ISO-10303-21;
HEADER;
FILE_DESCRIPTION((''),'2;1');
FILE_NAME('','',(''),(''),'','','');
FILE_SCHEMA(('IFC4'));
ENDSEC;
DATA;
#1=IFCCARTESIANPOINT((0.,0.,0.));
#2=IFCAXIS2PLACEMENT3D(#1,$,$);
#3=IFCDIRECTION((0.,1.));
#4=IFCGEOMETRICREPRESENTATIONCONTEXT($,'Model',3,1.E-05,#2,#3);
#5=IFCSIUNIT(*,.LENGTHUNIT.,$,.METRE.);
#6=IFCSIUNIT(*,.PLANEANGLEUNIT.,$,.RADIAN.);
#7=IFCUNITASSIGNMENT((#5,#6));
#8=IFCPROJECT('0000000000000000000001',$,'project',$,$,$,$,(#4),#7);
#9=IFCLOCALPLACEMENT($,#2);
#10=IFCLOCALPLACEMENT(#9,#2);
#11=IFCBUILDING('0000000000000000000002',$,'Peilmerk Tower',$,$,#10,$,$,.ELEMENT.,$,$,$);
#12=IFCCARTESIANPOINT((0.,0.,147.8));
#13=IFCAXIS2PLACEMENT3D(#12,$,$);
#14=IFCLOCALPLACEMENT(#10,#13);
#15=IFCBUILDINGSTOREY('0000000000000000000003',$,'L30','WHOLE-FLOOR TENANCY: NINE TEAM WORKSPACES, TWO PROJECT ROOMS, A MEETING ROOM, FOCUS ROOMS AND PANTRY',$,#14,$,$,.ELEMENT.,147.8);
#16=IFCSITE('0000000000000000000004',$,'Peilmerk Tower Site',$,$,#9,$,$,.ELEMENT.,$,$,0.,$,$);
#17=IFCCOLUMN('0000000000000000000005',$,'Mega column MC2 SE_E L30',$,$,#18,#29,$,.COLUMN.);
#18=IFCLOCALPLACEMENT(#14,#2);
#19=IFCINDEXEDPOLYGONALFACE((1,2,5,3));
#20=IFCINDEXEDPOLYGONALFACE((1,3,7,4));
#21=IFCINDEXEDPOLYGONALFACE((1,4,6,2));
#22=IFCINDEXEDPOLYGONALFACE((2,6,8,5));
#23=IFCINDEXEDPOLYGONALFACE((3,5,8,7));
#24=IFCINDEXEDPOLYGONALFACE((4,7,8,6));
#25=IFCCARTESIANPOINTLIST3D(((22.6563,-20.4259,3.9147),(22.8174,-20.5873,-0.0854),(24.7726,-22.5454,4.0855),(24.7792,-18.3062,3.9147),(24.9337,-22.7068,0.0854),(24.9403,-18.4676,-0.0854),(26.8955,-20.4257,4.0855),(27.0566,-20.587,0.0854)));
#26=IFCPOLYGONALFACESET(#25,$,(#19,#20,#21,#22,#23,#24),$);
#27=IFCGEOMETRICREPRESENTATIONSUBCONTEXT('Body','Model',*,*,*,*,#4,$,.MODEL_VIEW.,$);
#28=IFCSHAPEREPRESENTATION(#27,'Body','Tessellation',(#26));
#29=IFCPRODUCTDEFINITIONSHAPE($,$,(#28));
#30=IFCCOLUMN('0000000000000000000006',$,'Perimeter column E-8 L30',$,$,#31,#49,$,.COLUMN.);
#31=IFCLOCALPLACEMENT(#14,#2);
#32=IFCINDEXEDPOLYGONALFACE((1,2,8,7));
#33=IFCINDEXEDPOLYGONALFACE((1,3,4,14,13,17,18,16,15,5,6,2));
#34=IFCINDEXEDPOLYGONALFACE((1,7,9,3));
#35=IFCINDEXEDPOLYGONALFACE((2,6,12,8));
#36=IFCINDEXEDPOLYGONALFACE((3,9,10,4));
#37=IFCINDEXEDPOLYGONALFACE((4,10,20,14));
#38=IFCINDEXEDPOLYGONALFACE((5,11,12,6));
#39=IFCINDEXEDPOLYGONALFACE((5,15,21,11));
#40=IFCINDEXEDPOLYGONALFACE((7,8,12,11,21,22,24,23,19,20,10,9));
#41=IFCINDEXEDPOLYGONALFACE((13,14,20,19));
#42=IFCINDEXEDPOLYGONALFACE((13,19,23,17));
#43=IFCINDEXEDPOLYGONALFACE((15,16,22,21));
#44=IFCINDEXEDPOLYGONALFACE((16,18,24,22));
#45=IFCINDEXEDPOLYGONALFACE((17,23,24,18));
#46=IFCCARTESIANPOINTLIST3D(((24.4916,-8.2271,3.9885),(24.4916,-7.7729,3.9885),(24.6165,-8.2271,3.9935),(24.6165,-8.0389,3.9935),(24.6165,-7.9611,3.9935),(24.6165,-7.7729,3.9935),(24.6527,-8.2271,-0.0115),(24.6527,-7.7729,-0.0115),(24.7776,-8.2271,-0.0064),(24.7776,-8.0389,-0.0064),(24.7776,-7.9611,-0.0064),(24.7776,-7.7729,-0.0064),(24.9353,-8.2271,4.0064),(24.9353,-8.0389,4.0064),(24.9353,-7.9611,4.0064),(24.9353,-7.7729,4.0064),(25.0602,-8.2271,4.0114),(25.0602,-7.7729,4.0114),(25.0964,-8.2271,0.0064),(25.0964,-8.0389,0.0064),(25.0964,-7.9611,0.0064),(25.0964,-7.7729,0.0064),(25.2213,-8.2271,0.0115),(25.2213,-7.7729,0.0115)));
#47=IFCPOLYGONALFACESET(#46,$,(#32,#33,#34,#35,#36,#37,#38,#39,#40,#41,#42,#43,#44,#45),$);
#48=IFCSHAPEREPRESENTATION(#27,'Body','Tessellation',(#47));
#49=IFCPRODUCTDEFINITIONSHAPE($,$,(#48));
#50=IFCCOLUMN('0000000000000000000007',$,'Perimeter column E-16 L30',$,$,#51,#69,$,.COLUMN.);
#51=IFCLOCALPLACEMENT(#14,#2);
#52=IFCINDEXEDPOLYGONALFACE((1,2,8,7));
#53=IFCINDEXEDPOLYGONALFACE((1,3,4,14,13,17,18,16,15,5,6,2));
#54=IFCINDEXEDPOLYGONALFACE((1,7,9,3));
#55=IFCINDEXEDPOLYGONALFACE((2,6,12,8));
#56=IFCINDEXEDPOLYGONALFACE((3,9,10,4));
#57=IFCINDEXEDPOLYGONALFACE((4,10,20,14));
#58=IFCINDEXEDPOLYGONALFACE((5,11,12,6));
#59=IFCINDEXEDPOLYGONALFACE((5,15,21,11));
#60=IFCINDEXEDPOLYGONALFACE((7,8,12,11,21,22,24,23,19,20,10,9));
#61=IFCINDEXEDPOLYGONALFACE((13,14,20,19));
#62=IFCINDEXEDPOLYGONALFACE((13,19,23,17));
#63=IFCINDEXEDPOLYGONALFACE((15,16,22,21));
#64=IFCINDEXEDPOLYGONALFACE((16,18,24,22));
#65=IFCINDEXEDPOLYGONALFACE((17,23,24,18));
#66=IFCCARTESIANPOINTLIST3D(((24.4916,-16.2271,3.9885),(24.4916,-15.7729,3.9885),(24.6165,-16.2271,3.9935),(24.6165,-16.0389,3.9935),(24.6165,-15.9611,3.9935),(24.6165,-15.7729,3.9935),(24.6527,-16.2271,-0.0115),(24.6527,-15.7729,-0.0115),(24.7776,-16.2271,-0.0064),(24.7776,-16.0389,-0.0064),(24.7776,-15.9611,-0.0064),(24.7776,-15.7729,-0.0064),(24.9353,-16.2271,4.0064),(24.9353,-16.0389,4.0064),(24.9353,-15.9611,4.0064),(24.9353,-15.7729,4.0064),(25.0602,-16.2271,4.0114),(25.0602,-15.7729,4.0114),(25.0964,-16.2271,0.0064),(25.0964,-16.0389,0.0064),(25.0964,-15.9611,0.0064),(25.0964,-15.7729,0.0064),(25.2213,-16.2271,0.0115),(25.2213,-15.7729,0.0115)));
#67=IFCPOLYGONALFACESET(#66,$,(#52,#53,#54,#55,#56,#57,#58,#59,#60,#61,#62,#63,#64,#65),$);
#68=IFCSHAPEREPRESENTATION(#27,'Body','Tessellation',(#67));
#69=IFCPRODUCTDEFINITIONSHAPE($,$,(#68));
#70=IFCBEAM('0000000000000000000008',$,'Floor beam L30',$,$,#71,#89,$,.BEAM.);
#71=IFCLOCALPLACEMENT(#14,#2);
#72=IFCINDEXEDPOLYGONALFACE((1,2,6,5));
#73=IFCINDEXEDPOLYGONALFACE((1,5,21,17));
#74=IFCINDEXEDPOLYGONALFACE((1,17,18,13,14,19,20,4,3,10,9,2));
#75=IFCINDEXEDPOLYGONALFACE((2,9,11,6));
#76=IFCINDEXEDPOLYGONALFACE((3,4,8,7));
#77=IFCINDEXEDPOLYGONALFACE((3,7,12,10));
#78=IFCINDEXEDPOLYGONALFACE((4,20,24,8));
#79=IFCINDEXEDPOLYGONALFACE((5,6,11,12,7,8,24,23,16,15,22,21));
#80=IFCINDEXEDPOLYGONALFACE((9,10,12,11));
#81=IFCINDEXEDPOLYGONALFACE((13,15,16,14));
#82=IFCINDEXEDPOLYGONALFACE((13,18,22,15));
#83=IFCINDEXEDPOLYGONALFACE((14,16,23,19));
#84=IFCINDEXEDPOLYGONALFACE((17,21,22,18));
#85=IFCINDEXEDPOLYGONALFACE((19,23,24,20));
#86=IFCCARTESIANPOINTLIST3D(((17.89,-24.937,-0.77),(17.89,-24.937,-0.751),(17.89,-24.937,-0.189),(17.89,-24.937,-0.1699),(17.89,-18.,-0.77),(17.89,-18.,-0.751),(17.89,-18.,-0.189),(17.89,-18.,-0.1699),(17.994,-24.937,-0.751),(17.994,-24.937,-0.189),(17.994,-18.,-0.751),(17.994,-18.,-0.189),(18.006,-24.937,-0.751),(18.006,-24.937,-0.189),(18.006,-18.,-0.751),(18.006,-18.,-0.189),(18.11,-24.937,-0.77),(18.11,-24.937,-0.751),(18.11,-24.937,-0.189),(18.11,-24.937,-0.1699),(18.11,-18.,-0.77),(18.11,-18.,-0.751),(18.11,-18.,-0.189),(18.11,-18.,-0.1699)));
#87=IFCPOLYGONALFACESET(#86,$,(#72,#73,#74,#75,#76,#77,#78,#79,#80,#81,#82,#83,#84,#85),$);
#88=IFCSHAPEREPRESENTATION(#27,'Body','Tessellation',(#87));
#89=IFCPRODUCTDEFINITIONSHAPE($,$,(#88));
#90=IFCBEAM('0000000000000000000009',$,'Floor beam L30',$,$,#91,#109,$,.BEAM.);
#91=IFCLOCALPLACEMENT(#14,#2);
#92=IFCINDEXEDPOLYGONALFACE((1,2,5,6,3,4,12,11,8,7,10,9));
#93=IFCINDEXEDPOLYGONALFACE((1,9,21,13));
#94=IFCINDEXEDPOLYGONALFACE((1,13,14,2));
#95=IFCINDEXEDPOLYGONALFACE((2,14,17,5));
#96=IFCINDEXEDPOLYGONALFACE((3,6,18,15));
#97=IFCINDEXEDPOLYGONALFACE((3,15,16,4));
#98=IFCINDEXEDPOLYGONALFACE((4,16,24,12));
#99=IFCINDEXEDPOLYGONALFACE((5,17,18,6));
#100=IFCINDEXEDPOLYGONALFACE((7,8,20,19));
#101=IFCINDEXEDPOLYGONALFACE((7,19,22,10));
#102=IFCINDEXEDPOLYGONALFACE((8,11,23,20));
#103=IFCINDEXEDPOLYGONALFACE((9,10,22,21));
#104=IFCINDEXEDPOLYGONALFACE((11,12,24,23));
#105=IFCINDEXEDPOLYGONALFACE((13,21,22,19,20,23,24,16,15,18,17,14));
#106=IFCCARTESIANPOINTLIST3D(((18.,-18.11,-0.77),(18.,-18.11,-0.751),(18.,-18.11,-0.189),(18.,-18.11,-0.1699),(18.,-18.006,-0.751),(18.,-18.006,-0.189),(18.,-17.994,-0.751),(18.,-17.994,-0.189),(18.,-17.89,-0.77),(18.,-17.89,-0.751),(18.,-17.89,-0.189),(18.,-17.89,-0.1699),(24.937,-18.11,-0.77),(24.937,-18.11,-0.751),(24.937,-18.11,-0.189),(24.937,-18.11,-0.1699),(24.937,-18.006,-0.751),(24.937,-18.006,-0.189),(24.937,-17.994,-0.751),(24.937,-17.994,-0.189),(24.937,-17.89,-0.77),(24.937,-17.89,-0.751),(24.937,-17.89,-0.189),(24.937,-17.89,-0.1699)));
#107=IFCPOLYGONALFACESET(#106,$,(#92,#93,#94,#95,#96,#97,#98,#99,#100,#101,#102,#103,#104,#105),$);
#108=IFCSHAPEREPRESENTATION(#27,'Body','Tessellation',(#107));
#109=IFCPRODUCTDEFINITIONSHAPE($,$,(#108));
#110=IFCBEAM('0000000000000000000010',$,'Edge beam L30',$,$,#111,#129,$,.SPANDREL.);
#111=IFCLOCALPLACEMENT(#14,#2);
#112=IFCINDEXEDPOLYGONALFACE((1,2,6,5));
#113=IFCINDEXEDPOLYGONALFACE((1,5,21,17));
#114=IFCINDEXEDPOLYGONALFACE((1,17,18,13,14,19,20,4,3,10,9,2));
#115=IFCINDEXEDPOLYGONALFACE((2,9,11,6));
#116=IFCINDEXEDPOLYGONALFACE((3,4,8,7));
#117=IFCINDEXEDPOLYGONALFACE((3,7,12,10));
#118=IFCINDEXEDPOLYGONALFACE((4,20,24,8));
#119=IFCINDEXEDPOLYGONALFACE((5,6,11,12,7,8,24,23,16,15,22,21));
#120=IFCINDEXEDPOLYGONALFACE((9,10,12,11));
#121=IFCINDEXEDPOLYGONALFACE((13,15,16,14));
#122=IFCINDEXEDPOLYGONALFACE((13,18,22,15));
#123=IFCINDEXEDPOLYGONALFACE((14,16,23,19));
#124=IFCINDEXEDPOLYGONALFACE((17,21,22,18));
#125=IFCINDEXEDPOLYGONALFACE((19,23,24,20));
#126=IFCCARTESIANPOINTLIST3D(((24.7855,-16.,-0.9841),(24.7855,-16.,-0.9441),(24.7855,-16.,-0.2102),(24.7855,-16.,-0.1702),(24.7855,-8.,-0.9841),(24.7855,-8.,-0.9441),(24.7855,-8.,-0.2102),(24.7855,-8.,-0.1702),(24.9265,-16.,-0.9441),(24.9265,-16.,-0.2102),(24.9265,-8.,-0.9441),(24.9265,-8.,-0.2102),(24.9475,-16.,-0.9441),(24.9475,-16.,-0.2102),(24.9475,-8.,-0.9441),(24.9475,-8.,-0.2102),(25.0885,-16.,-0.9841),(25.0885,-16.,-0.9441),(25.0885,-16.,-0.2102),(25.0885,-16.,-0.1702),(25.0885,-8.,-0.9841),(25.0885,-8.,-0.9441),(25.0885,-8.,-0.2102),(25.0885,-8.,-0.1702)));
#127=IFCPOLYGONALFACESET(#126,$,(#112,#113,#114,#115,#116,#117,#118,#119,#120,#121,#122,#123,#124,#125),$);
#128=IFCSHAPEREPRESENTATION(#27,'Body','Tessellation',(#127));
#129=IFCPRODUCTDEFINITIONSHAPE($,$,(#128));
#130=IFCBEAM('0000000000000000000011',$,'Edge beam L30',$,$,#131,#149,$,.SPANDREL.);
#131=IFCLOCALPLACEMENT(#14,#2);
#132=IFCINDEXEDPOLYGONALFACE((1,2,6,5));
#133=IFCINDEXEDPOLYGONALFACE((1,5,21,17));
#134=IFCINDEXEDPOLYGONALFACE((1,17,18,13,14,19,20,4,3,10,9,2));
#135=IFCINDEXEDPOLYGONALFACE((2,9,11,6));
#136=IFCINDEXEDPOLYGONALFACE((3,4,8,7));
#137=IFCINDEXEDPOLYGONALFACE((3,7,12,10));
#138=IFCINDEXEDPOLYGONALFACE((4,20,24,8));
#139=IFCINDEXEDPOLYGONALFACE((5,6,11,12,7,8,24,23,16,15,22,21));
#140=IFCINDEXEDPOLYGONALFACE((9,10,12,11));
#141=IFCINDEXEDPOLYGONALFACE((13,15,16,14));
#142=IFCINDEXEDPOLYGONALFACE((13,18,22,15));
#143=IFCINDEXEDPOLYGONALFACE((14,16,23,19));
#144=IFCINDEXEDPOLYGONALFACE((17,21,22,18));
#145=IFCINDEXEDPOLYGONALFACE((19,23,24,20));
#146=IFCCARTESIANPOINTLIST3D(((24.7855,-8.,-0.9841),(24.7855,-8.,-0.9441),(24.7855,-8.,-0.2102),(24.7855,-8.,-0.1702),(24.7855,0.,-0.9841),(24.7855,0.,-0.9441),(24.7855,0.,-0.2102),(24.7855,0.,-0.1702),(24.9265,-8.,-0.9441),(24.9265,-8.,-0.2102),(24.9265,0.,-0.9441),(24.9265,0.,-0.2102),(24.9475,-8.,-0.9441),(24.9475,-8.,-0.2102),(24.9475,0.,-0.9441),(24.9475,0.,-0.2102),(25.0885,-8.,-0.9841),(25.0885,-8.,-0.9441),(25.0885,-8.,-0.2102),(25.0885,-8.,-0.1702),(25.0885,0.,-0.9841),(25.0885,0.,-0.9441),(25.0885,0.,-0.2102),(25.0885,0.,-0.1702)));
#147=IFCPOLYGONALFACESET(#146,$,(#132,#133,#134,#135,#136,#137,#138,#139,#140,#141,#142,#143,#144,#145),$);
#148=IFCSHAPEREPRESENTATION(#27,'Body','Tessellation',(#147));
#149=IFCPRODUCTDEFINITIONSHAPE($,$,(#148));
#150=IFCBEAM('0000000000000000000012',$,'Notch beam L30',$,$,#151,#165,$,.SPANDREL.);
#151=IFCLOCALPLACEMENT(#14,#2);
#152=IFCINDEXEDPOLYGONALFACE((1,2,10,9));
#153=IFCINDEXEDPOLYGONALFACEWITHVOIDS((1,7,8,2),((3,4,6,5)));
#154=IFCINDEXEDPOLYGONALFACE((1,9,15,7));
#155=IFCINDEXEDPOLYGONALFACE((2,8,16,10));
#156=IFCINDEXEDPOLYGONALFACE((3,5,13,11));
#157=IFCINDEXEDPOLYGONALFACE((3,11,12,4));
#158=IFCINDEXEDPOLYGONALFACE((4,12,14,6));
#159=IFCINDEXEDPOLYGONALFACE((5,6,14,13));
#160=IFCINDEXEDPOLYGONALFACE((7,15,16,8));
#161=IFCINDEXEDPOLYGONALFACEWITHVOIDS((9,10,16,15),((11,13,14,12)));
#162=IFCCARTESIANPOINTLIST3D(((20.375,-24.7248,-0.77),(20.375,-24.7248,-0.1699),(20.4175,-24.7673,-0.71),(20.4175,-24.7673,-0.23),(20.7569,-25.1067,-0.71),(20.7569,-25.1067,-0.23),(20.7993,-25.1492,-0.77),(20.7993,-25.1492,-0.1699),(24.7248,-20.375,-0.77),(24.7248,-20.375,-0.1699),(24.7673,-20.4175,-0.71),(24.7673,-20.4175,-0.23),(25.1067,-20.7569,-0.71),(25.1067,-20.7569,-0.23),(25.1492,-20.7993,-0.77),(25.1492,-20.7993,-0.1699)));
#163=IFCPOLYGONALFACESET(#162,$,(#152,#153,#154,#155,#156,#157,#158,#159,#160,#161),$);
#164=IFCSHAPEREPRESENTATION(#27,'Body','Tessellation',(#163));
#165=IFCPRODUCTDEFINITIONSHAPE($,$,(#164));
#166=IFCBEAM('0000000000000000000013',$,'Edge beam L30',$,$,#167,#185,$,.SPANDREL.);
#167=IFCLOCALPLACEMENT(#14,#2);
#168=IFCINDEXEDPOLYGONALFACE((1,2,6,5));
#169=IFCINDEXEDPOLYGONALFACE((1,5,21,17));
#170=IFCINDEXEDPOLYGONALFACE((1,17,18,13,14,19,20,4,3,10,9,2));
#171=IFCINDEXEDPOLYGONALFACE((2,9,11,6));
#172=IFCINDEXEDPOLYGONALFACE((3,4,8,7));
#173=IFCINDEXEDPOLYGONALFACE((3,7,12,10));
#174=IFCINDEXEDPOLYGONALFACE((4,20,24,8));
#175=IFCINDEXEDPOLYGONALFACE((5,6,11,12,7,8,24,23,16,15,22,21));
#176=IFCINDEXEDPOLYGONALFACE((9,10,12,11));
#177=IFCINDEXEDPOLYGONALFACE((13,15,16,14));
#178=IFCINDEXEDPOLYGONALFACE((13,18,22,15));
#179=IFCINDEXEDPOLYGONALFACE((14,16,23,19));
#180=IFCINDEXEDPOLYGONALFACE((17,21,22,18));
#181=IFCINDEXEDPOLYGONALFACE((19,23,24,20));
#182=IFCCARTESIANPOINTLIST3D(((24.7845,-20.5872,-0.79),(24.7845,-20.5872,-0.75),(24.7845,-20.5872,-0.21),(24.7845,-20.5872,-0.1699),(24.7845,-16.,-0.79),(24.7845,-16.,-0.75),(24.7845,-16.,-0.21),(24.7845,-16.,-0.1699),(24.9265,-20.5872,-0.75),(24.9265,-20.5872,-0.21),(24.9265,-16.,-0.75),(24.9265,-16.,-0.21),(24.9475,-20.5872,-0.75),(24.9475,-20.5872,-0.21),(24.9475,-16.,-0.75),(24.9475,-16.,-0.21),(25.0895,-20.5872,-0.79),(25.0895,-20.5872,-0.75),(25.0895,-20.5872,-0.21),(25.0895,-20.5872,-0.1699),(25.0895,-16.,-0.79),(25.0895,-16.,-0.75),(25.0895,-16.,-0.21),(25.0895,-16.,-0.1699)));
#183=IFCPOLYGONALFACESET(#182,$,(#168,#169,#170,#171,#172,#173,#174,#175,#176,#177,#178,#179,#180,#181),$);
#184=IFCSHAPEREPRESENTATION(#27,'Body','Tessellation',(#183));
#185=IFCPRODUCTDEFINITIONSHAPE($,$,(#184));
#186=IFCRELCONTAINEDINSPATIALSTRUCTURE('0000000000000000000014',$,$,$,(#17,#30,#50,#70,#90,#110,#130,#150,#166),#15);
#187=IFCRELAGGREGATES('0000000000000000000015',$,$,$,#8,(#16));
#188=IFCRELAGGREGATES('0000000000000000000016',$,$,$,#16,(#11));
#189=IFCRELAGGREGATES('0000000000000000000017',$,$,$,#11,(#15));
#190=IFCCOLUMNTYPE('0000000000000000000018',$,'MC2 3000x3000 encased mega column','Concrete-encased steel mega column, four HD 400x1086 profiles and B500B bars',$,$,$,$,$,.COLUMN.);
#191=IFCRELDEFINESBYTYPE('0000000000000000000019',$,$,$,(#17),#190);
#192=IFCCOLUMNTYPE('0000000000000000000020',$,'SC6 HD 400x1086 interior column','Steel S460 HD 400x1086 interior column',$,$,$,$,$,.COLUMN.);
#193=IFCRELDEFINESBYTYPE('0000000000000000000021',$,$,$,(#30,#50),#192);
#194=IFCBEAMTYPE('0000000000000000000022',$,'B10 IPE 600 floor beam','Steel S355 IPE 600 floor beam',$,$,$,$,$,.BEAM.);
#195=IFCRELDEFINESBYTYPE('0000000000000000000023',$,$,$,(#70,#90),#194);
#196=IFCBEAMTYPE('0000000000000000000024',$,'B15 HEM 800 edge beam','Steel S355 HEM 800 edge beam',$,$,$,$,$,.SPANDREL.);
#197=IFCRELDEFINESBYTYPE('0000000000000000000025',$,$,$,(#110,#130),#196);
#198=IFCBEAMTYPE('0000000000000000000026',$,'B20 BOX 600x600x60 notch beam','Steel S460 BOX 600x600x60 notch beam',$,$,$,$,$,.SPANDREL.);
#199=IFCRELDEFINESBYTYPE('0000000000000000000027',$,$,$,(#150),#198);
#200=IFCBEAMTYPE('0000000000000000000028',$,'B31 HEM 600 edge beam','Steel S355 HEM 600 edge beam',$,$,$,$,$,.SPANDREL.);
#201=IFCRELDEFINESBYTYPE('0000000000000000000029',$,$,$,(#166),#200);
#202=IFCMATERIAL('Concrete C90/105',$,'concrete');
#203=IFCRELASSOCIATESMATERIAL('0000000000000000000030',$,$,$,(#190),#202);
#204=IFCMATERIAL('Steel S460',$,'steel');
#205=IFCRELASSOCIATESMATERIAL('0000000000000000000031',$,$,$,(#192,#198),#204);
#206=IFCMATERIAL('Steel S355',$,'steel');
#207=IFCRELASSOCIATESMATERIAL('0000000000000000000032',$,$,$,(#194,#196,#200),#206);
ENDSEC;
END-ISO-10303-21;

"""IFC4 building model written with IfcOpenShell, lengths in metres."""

from ifc_helpers import new_model, si_unit, direction, frame, origin, origin_2d, place, context, subcontext, project, spatial, rectangle, hollow_rectangle, i_section, extrude, material, material_profile, profile_set, type_object, element, save


model = new_model("IFC4")

# Units and contexts
model_context = context("Model", 3, precision=1e-05, world=origin(), true_north=direction((0.0, 1.0)))
body_context = subcontext(model_context, "Body", "Model", "MODEL_VIEW")
ifc_project = project(units=[si_unit("LENGTHUNIT", "METRE"), si_unit("PLANEANGLEUNIT", "RADIAN")], contexts=[model_context])

# Site, building, storey
site_placement = place(None, origin())
site = spatial("IfcSite", under=ifc_project, at=site_placement, Name="Peilmerk Tower Site", CompositionType="ELEMENT", RefElevation=0.0)
building_placement = place(site_placement, origin())
building = spatial("IfcBuilding", under=site, at=building_placement, Name="Peilmerk Tower", CompositionType="ELEMENT")
storey_placement = place(building_placement, frame((0.0, 0.0, 147.8)))
storey = spatial("IfcBuildingStorey", under=building, at=storey_placement, Name="L30", Description="WHOLE-FLOOR TENANCY: NINE TEAM WORKSPACES, TWO PROJECT ROOMS, A MEETING ROOM, FOCUS ROOMS AND PANTRY", CompositionType="ELEMENT", Elevation=147.8)

# Columns
ifc_material_1 = material(Name="Concrete C90/105", Category="concrete")
ifc_material_profile_1 = material_profile(ifc_material_1, rectangle(XDim=3.0, YDim=3.0, at=origin_2d()), Name="RC 3000x3000")
ifc_profile_set_1 = profile_set([ifc_material_profile_1], Name="Concrete C90/105")
column_type_1 = type_object("IfcColumnType", Name="MC2 3000x3000 encased mega column", Description="Concrete-encased steel mega column, four HD 400x1086 profiles and B500B bars", PredefinedType="COLUMN", material=ifc_profile_set_1)
column_placement = place(storey_placement, frame((24.937, -20.5872, 0.0), z_axis=(-0.040218, 0.040279, 0.998379), x_axis=(-0.707642, -0.706571, 0.0)))
element("IfcColumn", 1, at=column_placement, inside=storey, type_object=column_type_1, Name="Mega column MC2 SE_E L30", PredefinedType="COLUMN", context=body_context, shape_type="SweptSolid", body=[
    extrude(rectangle(XDim=3.0, YDim=3.0, at=origin_2d()), origin(), (0.0, 0.0, 1.0), 4.0066),
])
ifc_material_2 = material(Name="Steel S460", Category="steel")
ifc_material_profile_2 = material_profile(ifc_material_2, i_section(OverallWidth=0.4541, OverallDepth=0.5691, WebThickness=0.0779, FlangeThickness=0.125, at=origin_2d()), Name="HD 400x1086")
ifc_profile_set_2 = profile_set([ifc_material_profile_2], Name="Steel S460")
column_type_2 = type_object("IfcColumnType", Name="SC6 HD 400x1086 interior column", Description="Steel S460 HD 400x1086 interior column", PredefinedType="COLUMN", material=ifc_profile_set_2)
for number, where, z_axis, x_axis, name in (
    (2, (24.937, -8.0, 0.0), (-0.040251, 0.0, 0.99919), (0.0, -1.0, 0.0), "Perimeter column E-8 L30"),
    (3, (24.937, -16.0, 0.0), (-0.040251, 0.0, 0.99919), (0.0, -1.0, 0.0), "Perimeter column E-16 L30"),
):
    element("IfcColumn", number, at=place(storey_placement, frame(where, z_axis=z_axis, x_axis=x_axis)), inside=storey, type_object=column_type_2, Name=name, PredefinedType="COLUMN", context=body_context, shape_type="SweptSolid", body=[
        extrude(i_section(OverallWidth=0.4541, OverallDepth=0.5691, WebThickness=0.0779, FlangeThickness=0.125, at=origin_2d()), origin(), (0.0, 0.0, 1.0), 4.0032),
    ])

# Beams
ifc_material_3 = material(Name="Steel S355", Category="steel")
ifc_material_profile_3 = material_profile(ifc_material_3, i_section(OverallWidth=0.22, OverallDepth=0.6001, WebThickness=0.012, FlangeThickness=0.019, at=origin_2d()), Name="IPE 600")
ifc_profile_set_3 = profile_set([ifc_material_profile_3], Name="Steel S355")
beam_type_1 = type_object("IfcBeamType", Name="B10 IPE 600 floor beam", Description="Steel S355 IPE 600 floor beam", PredefinedType="BEAM", material=ifc_profile_set_3)
for number, where, z_axis, x_axis, name in (
    (4, (18.0, -18.0, -0.47), (0.0, -1.0, 0.0), (1.0, 0.0, 0.0), "Floor beam L30"),
    (5, (18.0, -18.0, -0.47), (1.0, 0.0, 0.0), (0.0, 1.0, 0.0), "Floor beam L30"),
):
    element("IfcBeam", number, at=place(storey_placement, frame(where, z_axis=z_axis, x_axis=x_axis)), inside=storey, type_object=beam_type_1, Name=name, PredefinedType="BEAM", context=body_context, shape_type="SweptSolid", body=[
        extrude(i_section(OverallWidth=0.22, OverallDepth=0.6001, WebThickness=0.012, FlangeThickness=0.019, at=origin_2d()), origin(), (0.0, 0.0, 1.0), 6.937),
    ])
ifc_material_profile_4 = material_profile(ifc_material_3, i_section(OverallWidth=0.303, OverallDepth=0.814, WebThickness=0.021, FlangeThickness=0.04, at=origin_2d()), Name="HEM 800")
ifc_profile_set_4 = profile_set([ifc_material_profile_4], Name="Steel S355")
beam_type_2 = type_object("IfcBeamType", Name="B15 HEM 800 edge beam", Description="Steel S355 HEM 800 edge beam", PredefinedType="SPANDREL", material=ifc_profile_set_4)
for number, where, z_axis, x_axis, name in (
    (6, (24.937, -16.0, -0.5771), (0.0, 1.0, 0.0), (-1.0, 0.0, 0.0), "Edge beam L30"),
    (7, (24.937, -8.0, -0.5771), (0.0, 1.0, 0.0), (-1.0, 0.0, 0.0), "Edge beam L30"),
):
    element("IfcBeam", number, at=place(storey_placement, frame(where, z_axis=z_axis, x_axis=x_axis)), inside=storey, type_object=beam_type_2, Name=name, PredefinedType="SPANDREL", context=body_context, shape_type="SweptSolid", body=[
        extrude(i_section(OverallWidth=0.303, OverallDepth=0.814, WebThickness=0.021, FlangeThickness=0.04, at=origin_2d()), origin(), (0.0, 0.0, 1.0), 8.0),
    ])
ifc_material_profile_5 = material_profile(ifc_material_2, hollow_rectangle(XDim=0.6001, YDim=0.6001, WallThickness=0.0601, at=origin_2d()), Name="BOX 600x600x60")
ifc_profile_set_5 = profile_set([ifc_material_profile_5], Name="Steel S460")
beam_type_3 = type_object("IfcBeamType", Name="B20 BOX 600x600x60 notch beam", Description="Steel S460 BOX 600x600x60 notch beam", PredefinedType="SPANDREL", material=ifc_profile_set_5)
beam_1_placement = place(storey_placement, frame((24.937, -20.5872, -0.47), z_axis=(-0.707107, -0.707107, 0.0), x_axis=(0.707107, -0.707107, 0.0)))
element("IfcBeam", 8, at=beam_1_placement, inside=storey, type_object=beam_type_3, Name="Notch beam L30", PredefinedType="SPANDREL", context=body_context, shape_type="SweptSolid", body=[
    extrude(hollow_rectangle(XDim=0.6001, YDim=0.6001, WallThickness=0.0601, at=origin_2d()), origin(), (0.0, 0.0, 1.0), 6.1516),
])
ifc_material_profile_6 = material_profile(ifc_material_3, i_section(OverallWidth=0.3049, OverallDepth=0.6201, WebThickness=0.021, FlangeThickness=0.04, at=origin_2d()), Name="HEM 600")
ifc_profile_set_6 = profile_set([ifc_material_profile_6], Name="Steel S355")
beam_type_4 = type_object("IfcBeamType", Name="B31 HEM 600 edge beam", Description="Steel S355 HEM 600 edge beam", PredefinedType="SPANDREL", material=ifc_profile_set_6)
beam_2_placement = place(storey_placement, frame((24.937, -20.5872, -0.48), z_axis=(0.0, 1.0, 0.0), x_axis=(-1.0, 0.0, 0.0)))
element("IfcBeam", 9, at=beam_2_placement, inside=storey, type_object=beam_type_4, Name="Edge beam L30", PredefinedType="SPANDREL", context=body_context, shape_type="SweptSolid", body=[
    extrude(i_section(OverallWidth=0.3049, OverallDepth=0.6201, WebThickness=0.021, FlangeThickness=0.04, at=origin_2d()), origin(), (0.0, 0.0, 1.0), 4.5872),
])

save(model, "model.ifc")
